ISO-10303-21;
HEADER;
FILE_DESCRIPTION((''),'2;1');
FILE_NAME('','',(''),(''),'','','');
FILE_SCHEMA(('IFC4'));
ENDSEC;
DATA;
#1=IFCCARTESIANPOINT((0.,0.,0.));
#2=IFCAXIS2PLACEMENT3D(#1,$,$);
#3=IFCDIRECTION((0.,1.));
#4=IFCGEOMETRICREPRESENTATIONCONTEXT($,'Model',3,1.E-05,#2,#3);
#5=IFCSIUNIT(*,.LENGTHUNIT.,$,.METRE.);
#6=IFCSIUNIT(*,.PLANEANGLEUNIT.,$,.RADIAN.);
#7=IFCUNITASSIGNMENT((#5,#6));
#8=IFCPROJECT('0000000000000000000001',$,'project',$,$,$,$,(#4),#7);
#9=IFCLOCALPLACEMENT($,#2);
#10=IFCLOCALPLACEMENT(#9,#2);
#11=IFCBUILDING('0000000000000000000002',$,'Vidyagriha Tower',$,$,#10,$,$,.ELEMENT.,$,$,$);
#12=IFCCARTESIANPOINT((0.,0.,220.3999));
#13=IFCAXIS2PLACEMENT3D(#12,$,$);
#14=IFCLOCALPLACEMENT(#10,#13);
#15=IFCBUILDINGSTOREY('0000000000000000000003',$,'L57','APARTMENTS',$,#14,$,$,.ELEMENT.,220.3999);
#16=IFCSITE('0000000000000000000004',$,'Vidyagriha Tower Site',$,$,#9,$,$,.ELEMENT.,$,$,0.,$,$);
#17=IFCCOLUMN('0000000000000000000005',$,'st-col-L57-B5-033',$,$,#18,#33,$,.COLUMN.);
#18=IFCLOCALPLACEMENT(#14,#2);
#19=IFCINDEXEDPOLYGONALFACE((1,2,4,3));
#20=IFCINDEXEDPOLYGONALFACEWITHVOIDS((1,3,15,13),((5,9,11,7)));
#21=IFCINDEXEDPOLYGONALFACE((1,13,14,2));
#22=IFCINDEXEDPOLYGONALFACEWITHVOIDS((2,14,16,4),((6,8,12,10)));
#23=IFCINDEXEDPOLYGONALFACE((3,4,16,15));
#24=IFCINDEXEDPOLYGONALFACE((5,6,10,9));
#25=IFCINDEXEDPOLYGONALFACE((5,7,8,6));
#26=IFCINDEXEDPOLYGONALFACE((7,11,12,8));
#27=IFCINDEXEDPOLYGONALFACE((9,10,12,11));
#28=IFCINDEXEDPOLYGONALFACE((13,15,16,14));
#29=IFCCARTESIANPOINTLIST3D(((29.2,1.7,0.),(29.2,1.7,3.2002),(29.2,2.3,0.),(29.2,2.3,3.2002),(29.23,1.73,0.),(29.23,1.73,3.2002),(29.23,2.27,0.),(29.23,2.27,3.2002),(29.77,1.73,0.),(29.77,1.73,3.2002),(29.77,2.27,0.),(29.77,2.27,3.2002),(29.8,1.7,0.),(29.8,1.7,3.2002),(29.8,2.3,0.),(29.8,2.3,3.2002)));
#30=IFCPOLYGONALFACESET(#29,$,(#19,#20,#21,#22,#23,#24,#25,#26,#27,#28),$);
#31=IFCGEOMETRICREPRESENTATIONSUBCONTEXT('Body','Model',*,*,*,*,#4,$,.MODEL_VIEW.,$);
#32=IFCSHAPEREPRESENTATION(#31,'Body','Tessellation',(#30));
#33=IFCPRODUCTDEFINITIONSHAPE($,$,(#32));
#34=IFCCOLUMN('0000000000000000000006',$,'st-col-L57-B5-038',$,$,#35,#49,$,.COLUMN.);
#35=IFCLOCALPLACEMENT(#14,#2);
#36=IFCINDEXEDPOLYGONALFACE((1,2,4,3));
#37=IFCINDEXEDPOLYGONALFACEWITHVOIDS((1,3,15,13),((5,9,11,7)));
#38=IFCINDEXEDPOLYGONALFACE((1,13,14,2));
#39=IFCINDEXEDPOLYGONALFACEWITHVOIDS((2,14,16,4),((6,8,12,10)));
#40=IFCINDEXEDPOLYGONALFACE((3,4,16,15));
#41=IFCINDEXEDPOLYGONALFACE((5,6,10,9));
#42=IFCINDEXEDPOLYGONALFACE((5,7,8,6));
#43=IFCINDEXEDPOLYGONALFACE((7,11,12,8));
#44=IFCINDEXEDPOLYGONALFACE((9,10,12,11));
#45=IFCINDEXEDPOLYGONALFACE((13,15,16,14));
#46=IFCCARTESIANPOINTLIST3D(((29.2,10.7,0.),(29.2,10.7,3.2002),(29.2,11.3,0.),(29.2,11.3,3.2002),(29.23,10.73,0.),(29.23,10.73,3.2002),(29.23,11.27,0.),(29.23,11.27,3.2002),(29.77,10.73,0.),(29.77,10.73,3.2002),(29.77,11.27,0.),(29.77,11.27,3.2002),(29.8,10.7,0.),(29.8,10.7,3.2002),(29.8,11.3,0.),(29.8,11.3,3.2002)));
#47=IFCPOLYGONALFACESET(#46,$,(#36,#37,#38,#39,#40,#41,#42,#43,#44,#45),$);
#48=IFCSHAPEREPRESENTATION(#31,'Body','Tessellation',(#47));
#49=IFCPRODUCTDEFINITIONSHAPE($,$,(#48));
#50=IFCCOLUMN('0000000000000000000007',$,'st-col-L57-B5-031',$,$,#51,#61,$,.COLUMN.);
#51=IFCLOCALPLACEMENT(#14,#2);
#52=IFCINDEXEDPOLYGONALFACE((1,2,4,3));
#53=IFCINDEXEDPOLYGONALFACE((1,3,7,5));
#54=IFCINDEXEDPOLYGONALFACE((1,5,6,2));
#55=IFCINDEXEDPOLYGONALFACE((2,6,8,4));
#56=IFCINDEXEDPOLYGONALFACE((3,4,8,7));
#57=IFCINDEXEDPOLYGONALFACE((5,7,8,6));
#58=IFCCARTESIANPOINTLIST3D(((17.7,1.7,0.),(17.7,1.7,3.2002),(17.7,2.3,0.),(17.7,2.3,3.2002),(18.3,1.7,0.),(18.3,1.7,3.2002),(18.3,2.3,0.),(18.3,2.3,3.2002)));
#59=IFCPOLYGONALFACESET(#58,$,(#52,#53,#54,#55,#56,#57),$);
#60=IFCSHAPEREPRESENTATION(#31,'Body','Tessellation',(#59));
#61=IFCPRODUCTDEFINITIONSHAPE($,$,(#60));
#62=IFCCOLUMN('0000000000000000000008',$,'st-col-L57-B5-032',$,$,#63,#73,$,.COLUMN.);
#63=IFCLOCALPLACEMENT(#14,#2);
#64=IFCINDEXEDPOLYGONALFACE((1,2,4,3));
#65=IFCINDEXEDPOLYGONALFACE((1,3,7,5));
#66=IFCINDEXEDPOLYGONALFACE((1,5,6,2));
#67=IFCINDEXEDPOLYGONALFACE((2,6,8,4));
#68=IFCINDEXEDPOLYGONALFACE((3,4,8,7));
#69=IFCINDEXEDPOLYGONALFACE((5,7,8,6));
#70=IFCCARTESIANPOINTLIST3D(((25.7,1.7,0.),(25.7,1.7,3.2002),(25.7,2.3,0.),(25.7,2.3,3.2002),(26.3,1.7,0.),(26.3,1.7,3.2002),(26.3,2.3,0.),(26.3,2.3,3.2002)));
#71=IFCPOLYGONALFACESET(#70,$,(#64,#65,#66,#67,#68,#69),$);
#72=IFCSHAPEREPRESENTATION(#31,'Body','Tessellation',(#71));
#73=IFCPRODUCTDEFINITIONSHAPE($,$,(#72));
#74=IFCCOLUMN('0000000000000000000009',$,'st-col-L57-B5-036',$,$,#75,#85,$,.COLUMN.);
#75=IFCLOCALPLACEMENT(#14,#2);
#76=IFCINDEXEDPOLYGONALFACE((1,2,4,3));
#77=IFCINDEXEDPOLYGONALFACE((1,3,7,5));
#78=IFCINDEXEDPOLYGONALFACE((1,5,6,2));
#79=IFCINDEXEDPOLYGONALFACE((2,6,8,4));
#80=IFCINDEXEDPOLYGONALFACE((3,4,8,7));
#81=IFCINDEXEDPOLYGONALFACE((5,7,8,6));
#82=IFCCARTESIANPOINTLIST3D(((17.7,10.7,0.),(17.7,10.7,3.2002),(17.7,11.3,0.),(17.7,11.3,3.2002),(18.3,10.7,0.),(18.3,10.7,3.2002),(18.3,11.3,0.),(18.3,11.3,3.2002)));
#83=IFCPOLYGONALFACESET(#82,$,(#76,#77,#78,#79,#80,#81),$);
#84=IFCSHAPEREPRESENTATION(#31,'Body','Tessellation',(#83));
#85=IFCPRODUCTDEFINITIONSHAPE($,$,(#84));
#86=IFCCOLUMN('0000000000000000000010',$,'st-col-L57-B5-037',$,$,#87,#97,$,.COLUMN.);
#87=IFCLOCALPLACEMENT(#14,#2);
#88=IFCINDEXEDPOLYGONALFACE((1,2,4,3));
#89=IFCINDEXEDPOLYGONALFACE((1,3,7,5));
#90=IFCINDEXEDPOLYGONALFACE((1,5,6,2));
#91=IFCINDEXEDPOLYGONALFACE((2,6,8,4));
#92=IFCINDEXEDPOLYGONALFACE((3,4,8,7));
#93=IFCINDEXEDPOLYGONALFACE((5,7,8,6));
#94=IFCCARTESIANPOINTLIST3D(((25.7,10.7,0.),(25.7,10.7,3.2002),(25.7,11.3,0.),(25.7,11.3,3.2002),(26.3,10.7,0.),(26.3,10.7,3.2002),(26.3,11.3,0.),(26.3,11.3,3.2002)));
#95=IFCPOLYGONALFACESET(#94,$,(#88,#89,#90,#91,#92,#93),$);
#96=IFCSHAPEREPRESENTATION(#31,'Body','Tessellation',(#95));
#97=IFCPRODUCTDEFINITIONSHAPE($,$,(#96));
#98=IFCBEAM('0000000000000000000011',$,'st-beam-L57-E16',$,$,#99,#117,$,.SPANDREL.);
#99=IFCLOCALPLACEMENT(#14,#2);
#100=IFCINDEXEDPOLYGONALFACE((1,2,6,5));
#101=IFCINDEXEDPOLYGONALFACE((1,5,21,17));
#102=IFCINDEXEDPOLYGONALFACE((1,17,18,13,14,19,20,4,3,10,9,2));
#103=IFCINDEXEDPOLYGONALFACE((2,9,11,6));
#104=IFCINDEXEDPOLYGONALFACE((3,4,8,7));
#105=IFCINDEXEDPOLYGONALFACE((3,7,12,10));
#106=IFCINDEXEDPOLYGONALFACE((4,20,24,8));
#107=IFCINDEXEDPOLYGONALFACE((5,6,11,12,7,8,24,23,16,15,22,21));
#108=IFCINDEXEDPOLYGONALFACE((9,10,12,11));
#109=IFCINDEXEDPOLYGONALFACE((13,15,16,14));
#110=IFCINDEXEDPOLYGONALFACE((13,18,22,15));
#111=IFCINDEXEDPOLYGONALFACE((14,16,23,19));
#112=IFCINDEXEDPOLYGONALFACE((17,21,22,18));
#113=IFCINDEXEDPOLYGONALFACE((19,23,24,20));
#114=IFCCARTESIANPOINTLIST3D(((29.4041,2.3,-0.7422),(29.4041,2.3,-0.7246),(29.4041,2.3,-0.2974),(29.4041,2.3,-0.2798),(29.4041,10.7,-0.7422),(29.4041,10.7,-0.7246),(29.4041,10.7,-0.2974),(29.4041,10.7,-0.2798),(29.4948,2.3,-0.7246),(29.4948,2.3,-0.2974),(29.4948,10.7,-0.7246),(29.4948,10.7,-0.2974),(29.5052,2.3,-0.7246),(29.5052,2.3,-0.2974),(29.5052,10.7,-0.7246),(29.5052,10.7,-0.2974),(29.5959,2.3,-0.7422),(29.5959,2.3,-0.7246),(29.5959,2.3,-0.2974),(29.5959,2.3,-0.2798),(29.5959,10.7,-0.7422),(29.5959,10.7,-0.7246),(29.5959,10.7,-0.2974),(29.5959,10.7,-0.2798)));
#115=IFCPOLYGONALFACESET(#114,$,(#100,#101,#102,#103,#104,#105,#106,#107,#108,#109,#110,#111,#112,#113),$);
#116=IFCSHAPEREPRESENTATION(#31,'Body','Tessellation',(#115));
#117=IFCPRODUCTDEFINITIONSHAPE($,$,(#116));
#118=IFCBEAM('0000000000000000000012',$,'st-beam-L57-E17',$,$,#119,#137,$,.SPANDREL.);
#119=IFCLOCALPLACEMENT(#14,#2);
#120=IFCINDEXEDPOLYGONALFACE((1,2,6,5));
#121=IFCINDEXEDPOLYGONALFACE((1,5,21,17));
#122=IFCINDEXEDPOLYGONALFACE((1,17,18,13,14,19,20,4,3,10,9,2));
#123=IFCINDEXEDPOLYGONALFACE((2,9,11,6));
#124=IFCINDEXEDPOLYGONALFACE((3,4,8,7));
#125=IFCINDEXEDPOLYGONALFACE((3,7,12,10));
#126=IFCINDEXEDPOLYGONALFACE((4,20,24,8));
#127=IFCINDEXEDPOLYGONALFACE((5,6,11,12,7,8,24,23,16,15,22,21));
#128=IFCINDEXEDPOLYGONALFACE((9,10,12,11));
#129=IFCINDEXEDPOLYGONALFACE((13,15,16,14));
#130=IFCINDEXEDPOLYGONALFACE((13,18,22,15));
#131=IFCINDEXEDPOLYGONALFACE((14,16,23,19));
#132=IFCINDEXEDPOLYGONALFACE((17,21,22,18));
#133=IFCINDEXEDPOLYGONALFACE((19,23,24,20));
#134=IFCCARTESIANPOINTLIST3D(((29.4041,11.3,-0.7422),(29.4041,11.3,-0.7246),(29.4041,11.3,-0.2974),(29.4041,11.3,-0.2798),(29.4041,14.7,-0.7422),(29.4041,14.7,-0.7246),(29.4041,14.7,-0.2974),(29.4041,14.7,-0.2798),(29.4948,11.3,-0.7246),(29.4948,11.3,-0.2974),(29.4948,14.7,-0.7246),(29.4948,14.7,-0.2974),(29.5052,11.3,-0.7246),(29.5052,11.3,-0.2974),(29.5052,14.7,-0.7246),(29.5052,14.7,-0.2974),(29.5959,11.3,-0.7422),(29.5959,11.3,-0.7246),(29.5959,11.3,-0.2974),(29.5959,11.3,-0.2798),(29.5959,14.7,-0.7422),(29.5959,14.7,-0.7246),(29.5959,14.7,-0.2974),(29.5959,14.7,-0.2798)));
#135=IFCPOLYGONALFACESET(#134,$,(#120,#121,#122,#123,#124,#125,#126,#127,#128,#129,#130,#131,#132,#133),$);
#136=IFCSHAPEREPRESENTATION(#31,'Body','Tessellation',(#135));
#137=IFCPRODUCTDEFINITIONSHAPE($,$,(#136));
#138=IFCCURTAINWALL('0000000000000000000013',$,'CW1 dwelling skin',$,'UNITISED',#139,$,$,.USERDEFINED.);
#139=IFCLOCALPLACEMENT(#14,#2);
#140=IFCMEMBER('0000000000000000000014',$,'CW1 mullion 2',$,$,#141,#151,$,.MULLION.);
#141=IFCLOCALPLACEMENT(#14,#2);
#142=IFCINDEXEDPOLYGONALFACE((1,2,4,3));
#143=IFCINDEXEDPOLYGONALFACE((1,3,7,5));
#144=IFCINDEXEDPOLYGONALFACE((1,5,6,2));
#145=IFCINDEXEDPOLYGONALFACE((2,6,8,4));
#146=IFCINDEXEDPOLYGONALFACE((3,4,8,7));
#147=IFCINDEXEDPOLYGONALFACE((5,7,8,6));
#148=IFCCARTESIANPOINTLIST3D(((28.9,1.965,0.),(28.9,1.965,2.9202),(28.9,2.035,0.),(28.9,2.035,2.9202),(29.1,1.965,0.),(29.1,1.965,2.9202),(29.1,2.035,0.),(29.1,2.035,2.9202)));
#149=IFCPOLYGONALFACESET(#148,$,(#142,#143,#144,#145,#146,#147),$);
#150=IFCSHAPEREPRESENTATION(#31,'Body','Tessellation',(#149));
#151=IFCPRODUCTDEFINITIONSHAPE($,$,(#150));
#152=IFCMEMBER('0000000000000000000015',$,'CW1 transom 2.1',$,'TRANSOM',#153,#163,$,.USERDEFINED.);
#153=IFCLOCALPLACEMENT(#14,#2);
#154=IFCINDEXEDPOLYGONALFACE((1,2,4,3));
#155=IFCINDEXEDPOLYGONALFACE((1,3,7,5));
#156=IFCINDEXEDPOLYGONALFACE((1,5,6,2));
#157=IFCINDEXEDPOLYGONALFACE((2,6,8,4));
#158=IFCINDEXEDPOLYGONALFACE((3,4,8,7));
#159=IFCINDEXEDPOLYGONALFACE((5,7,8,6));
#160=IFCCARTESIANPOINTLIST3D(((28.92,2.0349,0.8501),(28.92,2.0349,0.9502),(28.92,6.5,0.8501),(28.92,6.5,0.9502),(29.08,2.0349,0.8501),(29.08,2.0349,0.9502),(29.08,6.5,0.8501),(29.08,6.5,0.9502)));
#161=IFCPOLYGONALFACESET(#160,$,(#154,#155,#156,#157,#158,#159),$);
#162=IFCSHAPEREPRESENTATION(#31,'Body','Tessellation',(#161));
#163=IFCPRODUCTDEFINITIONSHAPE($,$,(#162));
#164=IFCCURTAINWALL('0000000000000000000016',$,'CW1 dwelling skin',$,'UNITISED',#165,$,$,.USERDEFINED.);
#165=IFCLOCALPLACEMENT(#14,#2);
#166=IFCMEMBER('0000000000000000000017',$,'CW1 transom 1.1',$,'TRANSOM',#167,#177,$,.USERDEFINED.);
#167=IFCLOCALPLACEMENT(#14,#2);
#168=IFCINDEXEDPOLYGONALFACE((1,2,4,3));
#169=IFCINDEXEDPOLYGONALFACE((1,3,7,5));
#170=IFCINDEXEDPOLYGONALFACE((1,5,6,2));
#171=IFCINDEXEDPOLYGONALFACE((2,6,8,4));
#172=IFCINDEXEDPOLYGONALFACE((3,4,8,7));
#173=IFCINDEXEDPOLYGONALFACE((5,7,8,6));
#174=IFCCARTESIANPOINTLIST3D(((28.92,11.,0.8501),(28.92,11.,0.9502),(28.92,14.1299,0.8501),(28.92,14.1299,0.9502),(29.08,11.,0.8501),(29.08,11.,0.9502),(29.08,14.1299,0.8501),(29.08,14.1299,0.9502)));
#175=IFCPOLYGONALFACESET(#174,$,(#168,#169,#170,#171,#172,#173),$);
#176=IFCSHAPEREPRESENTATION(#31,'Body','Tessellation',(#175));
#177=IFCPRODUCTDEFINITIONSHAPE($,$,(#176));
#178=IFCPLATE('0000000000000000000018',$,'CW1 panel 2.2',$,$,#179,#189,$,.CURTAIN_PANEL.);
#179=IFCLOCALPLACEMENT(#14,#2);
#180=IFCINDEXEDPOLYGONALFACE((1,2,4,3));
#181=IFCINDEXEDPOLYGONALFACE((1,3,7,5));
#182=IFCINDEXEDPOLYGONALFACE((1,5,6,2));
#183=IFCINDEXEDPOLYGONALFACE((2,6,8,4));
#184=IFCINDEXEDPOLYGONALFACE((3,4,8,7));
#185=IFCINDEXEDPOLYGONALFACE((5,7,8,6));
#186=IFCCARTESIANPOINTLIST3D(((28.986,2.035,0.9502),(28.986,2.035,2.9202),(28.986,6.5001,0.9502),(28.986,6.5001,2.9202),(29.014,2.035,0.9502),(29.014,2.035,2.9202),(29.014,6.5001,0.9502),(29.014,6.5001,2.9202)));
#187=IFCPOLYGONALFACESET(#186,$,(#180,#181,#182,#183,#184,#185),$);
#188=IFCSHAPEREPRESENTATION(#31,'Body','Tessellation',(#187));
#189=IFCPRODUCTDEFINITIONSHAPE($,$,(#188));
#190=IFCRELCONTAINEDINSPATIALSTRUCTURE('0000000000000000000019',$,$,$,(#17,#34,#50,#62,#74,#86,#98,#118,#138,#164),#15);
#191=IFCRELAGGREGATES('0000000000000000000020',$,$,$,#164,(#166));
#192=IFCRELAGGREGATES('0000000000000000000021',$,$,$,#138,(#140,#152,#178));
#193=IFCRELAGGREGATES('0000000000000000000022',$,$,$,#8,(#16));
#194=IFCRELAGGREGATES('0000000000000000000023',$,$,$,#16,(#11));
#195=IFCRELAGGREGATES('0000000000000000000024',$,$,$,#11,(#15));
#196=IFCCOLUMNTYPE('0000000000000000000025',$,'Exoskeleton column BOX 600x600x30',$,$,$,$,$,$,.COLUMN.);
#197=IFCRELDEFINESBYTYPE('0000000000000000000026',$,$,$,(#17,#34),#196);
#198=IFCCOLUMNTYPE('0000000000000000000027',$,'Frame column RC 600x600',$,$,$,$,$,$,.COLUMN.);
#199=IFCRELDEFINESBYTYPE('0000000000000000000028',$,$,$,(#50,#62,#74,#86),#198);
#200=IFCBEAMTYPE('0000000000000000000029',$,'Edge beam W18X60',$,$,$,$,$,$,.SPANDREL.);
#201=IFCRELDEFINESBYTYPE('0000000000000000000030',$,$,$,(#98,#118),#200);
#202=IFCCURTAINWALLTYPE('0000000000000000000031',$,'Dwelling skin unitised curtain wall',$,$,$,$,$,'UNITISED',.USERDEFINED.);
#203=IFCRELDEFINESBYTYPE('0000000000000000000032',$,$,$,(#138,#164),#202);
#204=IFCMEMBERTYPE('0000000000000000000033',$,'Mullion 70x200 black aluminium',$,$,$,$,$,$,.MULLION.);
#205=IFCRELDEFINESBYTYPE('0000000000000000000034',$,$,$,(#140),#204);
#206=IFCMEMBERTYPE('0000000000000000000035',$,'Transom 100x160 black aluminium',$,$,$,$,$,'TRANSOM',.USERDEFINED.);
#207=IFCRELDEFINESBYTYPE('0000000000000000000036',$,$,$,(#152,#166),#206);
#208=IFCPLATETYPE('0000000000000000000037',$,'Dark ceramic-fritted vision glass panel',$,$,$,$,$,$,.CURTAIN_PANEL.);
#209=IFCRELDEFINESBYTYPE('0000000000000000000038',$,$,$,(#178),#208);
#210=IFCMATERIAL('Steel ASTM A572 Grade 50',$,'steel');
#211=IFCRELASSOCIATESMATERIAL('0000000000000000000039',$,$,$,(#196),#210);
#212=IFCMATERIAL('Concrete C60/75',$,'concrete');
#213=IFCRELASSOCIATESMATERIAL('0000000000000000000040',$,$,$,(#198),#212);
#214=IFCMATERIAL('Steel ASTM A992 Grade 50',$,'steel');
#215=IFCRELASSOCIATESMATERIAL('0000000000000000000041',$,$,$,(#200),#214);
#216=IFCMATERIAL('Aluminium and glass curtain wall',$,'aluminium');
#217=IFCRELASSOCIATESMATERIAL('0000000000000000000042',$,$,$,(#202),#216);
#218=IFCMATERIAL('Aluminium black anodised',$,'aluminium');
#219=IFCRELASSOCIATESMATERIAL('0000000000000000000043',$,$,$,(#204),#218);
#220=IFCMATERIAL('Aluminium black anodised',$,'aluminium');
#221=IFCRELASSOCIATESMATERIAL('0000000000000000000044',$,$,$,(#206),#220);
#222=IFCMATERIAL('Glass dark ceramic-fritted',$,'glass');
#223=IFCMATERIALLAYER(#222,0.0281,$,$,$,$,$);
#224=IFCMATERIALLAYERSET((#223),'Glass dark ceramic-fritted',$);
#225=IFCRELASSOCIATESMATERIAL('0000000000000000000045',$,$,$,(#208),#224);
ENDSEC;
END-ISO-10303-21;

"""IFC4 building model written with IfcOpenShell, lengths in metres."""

from ifc_helpers import new_model, si_unit, direction, frame, origin, origin_2d, place, context, subcontext, project, spatial, rectangle, hollow_rectangle, i_section, extrude, material, layer, layer_set, material_profile, profile_set, type_object, element, aggregate, save


model = new_model("IFC4")

# Units and contexts
model_context = context("Model", 3, precision=1e-05, world=origin(), true_north=direction((0.0, 1.0)))
body_context = subcontext(model_context, "Body", "Model", "MODEL_VIEW")
ifc_project = project(units=[si_unit("LENGTHUNIT", "METRE"), si_unit("PLANEANGLEUNIT", "RADIAN")], contexts=[model_context])

# Site, building, storey
site_placement = place(None, origin())
site = spatial("IfcSite", under=ifc_project, at=site_placement, Name="Vidyagriha Tower Site", CompositionType="ELEMENT", RefElevation=0.0)
building_placement = place(site_placement, origin())
building = spatial("IfcBuilding", under=site, at=building_placement, Name="Vidyagriha Tower", CompositionType="ELEMENT")
storey_placement = place(building_placement, frame((0.0, 0.0, 220.3999)))
storey = spatial("IfcBuildingStorey", under=building, at=storey_placement, Name="L57", Description="APARTMENTS", CompositionType="ELEMENT", Elevation=220.3999)

# Columns
ifc_material_1 = material(Name="Steel ASTM A572 Grade 50", Category="steel")
ifc_material_profile_1 = material_profile(ifc_material_1, hollow_rectangle(XDim=0.6001, YDim=0.6001, WallThickness=0.03, at=origin_2d()), Name="BOX 600x600x30")
ifc_profile_set_1 = profile_set([ifc_material_profile_1], Name="Steel ASTM A572 Grade 50")
column_type_1 = type_object("IfcColumnType", Name="Exoskeleton column BOX 600x600x30", PredefinedType="COLUMN", material=ifc_profile_set_1)
for number, where, name in (
    (1, (29.5, 2.0, 0.0), "st-col-L57-B5-033"),
    (2, (29.5, 11.0, 0.0), "st-col-L57-B5-038"),
):
    element("IfcColumn", number, at=place(storey_placement, frame(where)), inside=storey, type_object=column_type_1, Name=name, PredefinedType="COLUMN", context=body_context, shape_type="SweptSolid", body=[
        extrude(hollow_rectangle(XDim=0.6001, YDim=0.6001, WallThickness=0.03, at=origin_2d()), origin(), (0.0, 0.0, 1.0), 3.2002),
    ])
ifc_material_2 = material(Name="Concrete C60/75", Category="concrete")
ifc_material_profile_2 = material_profile(ifc_material_2, rectangle(XDim=0.6001, YDim=0.6001, at=origin_2d()), Name="RC 600x600")
ifc_profile_set_2 = profile_set([ifc_material_profile_2], Name="Concrete C60/75")
column_type_2 = type_object("IfcColumnType", Name="Frame column RC 600x600", PredefinedType="COLUMN", material=ifc_profile_set_2)
for number, where, name in (
    (3, (18.0, 2.0, 0.0), "st-col-L57-B5-031"),
    (4, (26.0, 2.0, 0.0), "st-col-L57-B5-032"),
    (5, (18.0, 11.0, 0.0), "st-col-L57-B5-036"),
    (6, (26.0, 11.0, 0.0), "st-col-L57-B5-037"),
):
    element("IfcColumn", number, at=place(storey_placement, frame(where)), inside=storey, type_object=column_type_2, Name=name, PredefinedType="COLUMN", context=body_context, shape_type="SweptSolid", body=[
        extrude(rectangle(XDim=0.6001, YDim=0.6001, at=origin_2d()), origin(), (0.0, 0.0, 1.0), 3.2002),
    ])

# Beams
ifc_material_3 = material(Name="Steel ASTM A992 Grade 50", Category="steel")
ifc_material_profile_3 = material_profile(ifc_material_3, i_section(OverallWidth=0.1919, OverallDepth=0.4624, WebThickness=0.0105, FlangeThickness=0.0176, at=origin_2d()), Name="W18X60")
ifc_profile_set_3 = profile_set([ifc_material_profile_3], Name="Steel ASTM A992 Grade 50")
beam_type = type_object("IfcBeamType", Name="Edge beam W18X60", PredefinedType="SPANDREL", material=ifc_profile_set_3)
beam_1_placement = place(storey_placement, frame((29.5, 2.3, -0.511), z_axis=(0.0, 1.0, 0.0), x_axis=(-1.0, 0.0, 0.0)))
element("IfcBeam", 7, at=beam_1_placement, inside=storey, type_object=beam_type, Name="st-beam-L57-E16", PredefinedType="SPANDREL", context=body_context, shape_type="SweptSolid", body=[
    extrude(i_section(OverallWidth=0.1919, OverallDepth=0.4624, WebThickness=0.0105, FlangeThickness=0.0176, at=origin_2d()), origin(), (0.0, 0.0, 1.0), 8.3999),
])
beam_2_placement = place(storey_placement, frame((29.5, 11.3, -0.511), z_axis=(0.0, 1.0, 0.0), x_axis=(-1.0, 0.0, 0.0)))
element("IfcBeam", 8, at=beam_2_placement, inside=storey, type_object=beam_type, Name="st-beam-L57-E17", PredefinedType="SPANDREL", context=body_context, shape_type="SweptSolid", body=[
    extrude(i_section(OverallWidth=0.1919, OverallDepth=0.4624, WebThickness=0.0105, FlangeThickness=0.0176, at=origin_2d()), origin(), (0.0, 0.0, 1.0), 3.3999),
])

# Curtain wall, members
ifc_material_4 = material(Name="Aluminium and glass curtain wall", Category="aluminium")
curtain_wall_type = type_object("IfcCurtainWallType", Name="Dwelling skin unitised curtain wall", ElementType="UNITISED", PredefinedType="USERDEFINED", material=ifc_material_4)
curtain_wall_1_placement = place(storey_placement, origin())
curtain_wall_1 = element("IfcCurtainWall", 9, at=curtain_wall_1_placement, inside=storey, type_object=curtain_wall_type, Name="CW1 dwelling skin", ObjectType="UNITISED", PredefinedType="USERDEFINED")
ifc_material_5 = material(Name="Aluminium black anodised", Category="aluminium")
ifc_material_profile_4 = material_profile(ifc_material_5, rectangle(XDim=0.2, YDim=0.0701, at=origin_2d()), Name="Mullion 70x200 black aluminium")
ifc_profile_set_4 = profile_set([ifc_material_profile_4], Name="Aluminium black anodised")
member_type_1 = type_object("IfcMemberType", Name="Mullion 70x200 black aluminium", PredefinedType="MULLION", material=ifc_profile_set_4)
member_1_placement = place(storey_placement, frame((29.0, 2.0, 0.0), z_axis=(0.0, 0.0, 1.0), x_axis=(-1.0, 0.0, 0.0)))
member_1 = element("IfcMember", 10, at=member_1_placement, type_object=member_type_1, Name="CW1 mullion 2", PredefinedType="MULLION", context=body_context, shape_type="SweptSolid", body=[
    extrude(rectangle(XDim=0.2, YDim=0.0701, at=origin_2d()), origin(), (0.0, 0.0, 1.0), 2.9202),
])
ifc_material_6 = material(Name="Aluminium black anodised", Category="aluminium")
ifc_material_profile_5 = material_profile(ifc_material_6, rectangle(XDim=0.1599, YDim=0.1001, at=origin_2d()), Name="Transom 100x160 black aluminium")
ifc_profile_set_5 = profile_set([ifc_material_profile_5], Name="Aluminium black anodised")
member_type_2 = type_object("IfcMemberType", Name="Transom 100x160 black aluminium", ElementType="TRANSOM", PredefinedType="USERDEFINED", material=ifc_profile_set_5)
member_2_placement = place(storey_placement, frame((29.0, 2.0349, 0.9001), z_axis=(0.0, 1.0, 0.0), x_axis=(-1.0, 0.0, 0.0)))
member_2 = element("IfcMember", 11, at=member_2_placement, type_object=member_type_2, Name="CW1 transom 2.1", ObjectType="TRANSOM", PredefinedType="USERDEFINED", context=body_context, shape_type="SweptSolid", body=[
    extrude(rectangle(XDim=0.1599, YDim=0.1001, at=origin_2d()), origin(), (0.0, 0.0, 1.0), 4.4651),
])

# Curtain wall, member
curtain_wall_2_placement = place(storey_placement, origin())
curtain_wall_2 = element("IfcCurtainWall", 12, at=curtain_wall_2_placement, inside=storey, type_object=curtain_wall_type, Name="CW1 dwelling skin", ObjectType="UNITISED", PredefinedType="USERDEFINED")
member_3_placement = place(storey_placement, frame((29.0, 11.0, 0.9001), z_axis=(0.0, 1.0, 0.0), x_axis=(-1.0, 0.0, 0.0)))
member_3 = element("IfcMember", 13, at=member_3_placement, type_object=member_type_2, Name="CW1 transom 1.1", ObjectType="TRANSOM", PredefinedType="USERDEFINED", context=body_context, shape_type="SweptSolid", body=[
    extrude(rectangle(XDim=0.1599, YDim=0.1001, at=origin_2d()), origin(), (0.0, 0.0, 1.0), 3.1299),
])
aggregate(curtain_wall_2, [member_3])

# Plate
ifc_material_7 = material(Name="Glass dark ceramic-fritted", Category="glass")
ifc_layer_1 = layer(ifc_material_7, 0.0281)
ifc_layer_set_1 = layer_set([ifc_layer_1], Name="Glass dark ceramic-fritted")
plate_type_1 = type_object("IfcPlateType", Name="Dark ceramic-fritted vision glass panel", PredefinedType="CURTAIN_PANEL", material=ifc_layer_set_1)
plate_1_placement = place(storey_placement, frame((29.0, 4.2676, 0.9502), z_axis=(0.0, 0.0, 1.0), x_axis=(0.0, 1.0, 0.0)))
plate_1 = element("IfcPlate", 14, at=plate_1_placement, type_object=plate_type_1, Name="CW1 panel 2.2", PredefinedType="CURTAIN_PANEL", context=body_context, shape_type="SweptSolid", body=[
    extrude(rectangle(XDim=4.4651, YDim=0.0281, at=origin_2d()), origin(), (0.0, 0.0, 1.0), 1.97),
])
aggregate(curtain_wall_1, [member_1, member_2, plate_1])

save(model, "model.ifc")
